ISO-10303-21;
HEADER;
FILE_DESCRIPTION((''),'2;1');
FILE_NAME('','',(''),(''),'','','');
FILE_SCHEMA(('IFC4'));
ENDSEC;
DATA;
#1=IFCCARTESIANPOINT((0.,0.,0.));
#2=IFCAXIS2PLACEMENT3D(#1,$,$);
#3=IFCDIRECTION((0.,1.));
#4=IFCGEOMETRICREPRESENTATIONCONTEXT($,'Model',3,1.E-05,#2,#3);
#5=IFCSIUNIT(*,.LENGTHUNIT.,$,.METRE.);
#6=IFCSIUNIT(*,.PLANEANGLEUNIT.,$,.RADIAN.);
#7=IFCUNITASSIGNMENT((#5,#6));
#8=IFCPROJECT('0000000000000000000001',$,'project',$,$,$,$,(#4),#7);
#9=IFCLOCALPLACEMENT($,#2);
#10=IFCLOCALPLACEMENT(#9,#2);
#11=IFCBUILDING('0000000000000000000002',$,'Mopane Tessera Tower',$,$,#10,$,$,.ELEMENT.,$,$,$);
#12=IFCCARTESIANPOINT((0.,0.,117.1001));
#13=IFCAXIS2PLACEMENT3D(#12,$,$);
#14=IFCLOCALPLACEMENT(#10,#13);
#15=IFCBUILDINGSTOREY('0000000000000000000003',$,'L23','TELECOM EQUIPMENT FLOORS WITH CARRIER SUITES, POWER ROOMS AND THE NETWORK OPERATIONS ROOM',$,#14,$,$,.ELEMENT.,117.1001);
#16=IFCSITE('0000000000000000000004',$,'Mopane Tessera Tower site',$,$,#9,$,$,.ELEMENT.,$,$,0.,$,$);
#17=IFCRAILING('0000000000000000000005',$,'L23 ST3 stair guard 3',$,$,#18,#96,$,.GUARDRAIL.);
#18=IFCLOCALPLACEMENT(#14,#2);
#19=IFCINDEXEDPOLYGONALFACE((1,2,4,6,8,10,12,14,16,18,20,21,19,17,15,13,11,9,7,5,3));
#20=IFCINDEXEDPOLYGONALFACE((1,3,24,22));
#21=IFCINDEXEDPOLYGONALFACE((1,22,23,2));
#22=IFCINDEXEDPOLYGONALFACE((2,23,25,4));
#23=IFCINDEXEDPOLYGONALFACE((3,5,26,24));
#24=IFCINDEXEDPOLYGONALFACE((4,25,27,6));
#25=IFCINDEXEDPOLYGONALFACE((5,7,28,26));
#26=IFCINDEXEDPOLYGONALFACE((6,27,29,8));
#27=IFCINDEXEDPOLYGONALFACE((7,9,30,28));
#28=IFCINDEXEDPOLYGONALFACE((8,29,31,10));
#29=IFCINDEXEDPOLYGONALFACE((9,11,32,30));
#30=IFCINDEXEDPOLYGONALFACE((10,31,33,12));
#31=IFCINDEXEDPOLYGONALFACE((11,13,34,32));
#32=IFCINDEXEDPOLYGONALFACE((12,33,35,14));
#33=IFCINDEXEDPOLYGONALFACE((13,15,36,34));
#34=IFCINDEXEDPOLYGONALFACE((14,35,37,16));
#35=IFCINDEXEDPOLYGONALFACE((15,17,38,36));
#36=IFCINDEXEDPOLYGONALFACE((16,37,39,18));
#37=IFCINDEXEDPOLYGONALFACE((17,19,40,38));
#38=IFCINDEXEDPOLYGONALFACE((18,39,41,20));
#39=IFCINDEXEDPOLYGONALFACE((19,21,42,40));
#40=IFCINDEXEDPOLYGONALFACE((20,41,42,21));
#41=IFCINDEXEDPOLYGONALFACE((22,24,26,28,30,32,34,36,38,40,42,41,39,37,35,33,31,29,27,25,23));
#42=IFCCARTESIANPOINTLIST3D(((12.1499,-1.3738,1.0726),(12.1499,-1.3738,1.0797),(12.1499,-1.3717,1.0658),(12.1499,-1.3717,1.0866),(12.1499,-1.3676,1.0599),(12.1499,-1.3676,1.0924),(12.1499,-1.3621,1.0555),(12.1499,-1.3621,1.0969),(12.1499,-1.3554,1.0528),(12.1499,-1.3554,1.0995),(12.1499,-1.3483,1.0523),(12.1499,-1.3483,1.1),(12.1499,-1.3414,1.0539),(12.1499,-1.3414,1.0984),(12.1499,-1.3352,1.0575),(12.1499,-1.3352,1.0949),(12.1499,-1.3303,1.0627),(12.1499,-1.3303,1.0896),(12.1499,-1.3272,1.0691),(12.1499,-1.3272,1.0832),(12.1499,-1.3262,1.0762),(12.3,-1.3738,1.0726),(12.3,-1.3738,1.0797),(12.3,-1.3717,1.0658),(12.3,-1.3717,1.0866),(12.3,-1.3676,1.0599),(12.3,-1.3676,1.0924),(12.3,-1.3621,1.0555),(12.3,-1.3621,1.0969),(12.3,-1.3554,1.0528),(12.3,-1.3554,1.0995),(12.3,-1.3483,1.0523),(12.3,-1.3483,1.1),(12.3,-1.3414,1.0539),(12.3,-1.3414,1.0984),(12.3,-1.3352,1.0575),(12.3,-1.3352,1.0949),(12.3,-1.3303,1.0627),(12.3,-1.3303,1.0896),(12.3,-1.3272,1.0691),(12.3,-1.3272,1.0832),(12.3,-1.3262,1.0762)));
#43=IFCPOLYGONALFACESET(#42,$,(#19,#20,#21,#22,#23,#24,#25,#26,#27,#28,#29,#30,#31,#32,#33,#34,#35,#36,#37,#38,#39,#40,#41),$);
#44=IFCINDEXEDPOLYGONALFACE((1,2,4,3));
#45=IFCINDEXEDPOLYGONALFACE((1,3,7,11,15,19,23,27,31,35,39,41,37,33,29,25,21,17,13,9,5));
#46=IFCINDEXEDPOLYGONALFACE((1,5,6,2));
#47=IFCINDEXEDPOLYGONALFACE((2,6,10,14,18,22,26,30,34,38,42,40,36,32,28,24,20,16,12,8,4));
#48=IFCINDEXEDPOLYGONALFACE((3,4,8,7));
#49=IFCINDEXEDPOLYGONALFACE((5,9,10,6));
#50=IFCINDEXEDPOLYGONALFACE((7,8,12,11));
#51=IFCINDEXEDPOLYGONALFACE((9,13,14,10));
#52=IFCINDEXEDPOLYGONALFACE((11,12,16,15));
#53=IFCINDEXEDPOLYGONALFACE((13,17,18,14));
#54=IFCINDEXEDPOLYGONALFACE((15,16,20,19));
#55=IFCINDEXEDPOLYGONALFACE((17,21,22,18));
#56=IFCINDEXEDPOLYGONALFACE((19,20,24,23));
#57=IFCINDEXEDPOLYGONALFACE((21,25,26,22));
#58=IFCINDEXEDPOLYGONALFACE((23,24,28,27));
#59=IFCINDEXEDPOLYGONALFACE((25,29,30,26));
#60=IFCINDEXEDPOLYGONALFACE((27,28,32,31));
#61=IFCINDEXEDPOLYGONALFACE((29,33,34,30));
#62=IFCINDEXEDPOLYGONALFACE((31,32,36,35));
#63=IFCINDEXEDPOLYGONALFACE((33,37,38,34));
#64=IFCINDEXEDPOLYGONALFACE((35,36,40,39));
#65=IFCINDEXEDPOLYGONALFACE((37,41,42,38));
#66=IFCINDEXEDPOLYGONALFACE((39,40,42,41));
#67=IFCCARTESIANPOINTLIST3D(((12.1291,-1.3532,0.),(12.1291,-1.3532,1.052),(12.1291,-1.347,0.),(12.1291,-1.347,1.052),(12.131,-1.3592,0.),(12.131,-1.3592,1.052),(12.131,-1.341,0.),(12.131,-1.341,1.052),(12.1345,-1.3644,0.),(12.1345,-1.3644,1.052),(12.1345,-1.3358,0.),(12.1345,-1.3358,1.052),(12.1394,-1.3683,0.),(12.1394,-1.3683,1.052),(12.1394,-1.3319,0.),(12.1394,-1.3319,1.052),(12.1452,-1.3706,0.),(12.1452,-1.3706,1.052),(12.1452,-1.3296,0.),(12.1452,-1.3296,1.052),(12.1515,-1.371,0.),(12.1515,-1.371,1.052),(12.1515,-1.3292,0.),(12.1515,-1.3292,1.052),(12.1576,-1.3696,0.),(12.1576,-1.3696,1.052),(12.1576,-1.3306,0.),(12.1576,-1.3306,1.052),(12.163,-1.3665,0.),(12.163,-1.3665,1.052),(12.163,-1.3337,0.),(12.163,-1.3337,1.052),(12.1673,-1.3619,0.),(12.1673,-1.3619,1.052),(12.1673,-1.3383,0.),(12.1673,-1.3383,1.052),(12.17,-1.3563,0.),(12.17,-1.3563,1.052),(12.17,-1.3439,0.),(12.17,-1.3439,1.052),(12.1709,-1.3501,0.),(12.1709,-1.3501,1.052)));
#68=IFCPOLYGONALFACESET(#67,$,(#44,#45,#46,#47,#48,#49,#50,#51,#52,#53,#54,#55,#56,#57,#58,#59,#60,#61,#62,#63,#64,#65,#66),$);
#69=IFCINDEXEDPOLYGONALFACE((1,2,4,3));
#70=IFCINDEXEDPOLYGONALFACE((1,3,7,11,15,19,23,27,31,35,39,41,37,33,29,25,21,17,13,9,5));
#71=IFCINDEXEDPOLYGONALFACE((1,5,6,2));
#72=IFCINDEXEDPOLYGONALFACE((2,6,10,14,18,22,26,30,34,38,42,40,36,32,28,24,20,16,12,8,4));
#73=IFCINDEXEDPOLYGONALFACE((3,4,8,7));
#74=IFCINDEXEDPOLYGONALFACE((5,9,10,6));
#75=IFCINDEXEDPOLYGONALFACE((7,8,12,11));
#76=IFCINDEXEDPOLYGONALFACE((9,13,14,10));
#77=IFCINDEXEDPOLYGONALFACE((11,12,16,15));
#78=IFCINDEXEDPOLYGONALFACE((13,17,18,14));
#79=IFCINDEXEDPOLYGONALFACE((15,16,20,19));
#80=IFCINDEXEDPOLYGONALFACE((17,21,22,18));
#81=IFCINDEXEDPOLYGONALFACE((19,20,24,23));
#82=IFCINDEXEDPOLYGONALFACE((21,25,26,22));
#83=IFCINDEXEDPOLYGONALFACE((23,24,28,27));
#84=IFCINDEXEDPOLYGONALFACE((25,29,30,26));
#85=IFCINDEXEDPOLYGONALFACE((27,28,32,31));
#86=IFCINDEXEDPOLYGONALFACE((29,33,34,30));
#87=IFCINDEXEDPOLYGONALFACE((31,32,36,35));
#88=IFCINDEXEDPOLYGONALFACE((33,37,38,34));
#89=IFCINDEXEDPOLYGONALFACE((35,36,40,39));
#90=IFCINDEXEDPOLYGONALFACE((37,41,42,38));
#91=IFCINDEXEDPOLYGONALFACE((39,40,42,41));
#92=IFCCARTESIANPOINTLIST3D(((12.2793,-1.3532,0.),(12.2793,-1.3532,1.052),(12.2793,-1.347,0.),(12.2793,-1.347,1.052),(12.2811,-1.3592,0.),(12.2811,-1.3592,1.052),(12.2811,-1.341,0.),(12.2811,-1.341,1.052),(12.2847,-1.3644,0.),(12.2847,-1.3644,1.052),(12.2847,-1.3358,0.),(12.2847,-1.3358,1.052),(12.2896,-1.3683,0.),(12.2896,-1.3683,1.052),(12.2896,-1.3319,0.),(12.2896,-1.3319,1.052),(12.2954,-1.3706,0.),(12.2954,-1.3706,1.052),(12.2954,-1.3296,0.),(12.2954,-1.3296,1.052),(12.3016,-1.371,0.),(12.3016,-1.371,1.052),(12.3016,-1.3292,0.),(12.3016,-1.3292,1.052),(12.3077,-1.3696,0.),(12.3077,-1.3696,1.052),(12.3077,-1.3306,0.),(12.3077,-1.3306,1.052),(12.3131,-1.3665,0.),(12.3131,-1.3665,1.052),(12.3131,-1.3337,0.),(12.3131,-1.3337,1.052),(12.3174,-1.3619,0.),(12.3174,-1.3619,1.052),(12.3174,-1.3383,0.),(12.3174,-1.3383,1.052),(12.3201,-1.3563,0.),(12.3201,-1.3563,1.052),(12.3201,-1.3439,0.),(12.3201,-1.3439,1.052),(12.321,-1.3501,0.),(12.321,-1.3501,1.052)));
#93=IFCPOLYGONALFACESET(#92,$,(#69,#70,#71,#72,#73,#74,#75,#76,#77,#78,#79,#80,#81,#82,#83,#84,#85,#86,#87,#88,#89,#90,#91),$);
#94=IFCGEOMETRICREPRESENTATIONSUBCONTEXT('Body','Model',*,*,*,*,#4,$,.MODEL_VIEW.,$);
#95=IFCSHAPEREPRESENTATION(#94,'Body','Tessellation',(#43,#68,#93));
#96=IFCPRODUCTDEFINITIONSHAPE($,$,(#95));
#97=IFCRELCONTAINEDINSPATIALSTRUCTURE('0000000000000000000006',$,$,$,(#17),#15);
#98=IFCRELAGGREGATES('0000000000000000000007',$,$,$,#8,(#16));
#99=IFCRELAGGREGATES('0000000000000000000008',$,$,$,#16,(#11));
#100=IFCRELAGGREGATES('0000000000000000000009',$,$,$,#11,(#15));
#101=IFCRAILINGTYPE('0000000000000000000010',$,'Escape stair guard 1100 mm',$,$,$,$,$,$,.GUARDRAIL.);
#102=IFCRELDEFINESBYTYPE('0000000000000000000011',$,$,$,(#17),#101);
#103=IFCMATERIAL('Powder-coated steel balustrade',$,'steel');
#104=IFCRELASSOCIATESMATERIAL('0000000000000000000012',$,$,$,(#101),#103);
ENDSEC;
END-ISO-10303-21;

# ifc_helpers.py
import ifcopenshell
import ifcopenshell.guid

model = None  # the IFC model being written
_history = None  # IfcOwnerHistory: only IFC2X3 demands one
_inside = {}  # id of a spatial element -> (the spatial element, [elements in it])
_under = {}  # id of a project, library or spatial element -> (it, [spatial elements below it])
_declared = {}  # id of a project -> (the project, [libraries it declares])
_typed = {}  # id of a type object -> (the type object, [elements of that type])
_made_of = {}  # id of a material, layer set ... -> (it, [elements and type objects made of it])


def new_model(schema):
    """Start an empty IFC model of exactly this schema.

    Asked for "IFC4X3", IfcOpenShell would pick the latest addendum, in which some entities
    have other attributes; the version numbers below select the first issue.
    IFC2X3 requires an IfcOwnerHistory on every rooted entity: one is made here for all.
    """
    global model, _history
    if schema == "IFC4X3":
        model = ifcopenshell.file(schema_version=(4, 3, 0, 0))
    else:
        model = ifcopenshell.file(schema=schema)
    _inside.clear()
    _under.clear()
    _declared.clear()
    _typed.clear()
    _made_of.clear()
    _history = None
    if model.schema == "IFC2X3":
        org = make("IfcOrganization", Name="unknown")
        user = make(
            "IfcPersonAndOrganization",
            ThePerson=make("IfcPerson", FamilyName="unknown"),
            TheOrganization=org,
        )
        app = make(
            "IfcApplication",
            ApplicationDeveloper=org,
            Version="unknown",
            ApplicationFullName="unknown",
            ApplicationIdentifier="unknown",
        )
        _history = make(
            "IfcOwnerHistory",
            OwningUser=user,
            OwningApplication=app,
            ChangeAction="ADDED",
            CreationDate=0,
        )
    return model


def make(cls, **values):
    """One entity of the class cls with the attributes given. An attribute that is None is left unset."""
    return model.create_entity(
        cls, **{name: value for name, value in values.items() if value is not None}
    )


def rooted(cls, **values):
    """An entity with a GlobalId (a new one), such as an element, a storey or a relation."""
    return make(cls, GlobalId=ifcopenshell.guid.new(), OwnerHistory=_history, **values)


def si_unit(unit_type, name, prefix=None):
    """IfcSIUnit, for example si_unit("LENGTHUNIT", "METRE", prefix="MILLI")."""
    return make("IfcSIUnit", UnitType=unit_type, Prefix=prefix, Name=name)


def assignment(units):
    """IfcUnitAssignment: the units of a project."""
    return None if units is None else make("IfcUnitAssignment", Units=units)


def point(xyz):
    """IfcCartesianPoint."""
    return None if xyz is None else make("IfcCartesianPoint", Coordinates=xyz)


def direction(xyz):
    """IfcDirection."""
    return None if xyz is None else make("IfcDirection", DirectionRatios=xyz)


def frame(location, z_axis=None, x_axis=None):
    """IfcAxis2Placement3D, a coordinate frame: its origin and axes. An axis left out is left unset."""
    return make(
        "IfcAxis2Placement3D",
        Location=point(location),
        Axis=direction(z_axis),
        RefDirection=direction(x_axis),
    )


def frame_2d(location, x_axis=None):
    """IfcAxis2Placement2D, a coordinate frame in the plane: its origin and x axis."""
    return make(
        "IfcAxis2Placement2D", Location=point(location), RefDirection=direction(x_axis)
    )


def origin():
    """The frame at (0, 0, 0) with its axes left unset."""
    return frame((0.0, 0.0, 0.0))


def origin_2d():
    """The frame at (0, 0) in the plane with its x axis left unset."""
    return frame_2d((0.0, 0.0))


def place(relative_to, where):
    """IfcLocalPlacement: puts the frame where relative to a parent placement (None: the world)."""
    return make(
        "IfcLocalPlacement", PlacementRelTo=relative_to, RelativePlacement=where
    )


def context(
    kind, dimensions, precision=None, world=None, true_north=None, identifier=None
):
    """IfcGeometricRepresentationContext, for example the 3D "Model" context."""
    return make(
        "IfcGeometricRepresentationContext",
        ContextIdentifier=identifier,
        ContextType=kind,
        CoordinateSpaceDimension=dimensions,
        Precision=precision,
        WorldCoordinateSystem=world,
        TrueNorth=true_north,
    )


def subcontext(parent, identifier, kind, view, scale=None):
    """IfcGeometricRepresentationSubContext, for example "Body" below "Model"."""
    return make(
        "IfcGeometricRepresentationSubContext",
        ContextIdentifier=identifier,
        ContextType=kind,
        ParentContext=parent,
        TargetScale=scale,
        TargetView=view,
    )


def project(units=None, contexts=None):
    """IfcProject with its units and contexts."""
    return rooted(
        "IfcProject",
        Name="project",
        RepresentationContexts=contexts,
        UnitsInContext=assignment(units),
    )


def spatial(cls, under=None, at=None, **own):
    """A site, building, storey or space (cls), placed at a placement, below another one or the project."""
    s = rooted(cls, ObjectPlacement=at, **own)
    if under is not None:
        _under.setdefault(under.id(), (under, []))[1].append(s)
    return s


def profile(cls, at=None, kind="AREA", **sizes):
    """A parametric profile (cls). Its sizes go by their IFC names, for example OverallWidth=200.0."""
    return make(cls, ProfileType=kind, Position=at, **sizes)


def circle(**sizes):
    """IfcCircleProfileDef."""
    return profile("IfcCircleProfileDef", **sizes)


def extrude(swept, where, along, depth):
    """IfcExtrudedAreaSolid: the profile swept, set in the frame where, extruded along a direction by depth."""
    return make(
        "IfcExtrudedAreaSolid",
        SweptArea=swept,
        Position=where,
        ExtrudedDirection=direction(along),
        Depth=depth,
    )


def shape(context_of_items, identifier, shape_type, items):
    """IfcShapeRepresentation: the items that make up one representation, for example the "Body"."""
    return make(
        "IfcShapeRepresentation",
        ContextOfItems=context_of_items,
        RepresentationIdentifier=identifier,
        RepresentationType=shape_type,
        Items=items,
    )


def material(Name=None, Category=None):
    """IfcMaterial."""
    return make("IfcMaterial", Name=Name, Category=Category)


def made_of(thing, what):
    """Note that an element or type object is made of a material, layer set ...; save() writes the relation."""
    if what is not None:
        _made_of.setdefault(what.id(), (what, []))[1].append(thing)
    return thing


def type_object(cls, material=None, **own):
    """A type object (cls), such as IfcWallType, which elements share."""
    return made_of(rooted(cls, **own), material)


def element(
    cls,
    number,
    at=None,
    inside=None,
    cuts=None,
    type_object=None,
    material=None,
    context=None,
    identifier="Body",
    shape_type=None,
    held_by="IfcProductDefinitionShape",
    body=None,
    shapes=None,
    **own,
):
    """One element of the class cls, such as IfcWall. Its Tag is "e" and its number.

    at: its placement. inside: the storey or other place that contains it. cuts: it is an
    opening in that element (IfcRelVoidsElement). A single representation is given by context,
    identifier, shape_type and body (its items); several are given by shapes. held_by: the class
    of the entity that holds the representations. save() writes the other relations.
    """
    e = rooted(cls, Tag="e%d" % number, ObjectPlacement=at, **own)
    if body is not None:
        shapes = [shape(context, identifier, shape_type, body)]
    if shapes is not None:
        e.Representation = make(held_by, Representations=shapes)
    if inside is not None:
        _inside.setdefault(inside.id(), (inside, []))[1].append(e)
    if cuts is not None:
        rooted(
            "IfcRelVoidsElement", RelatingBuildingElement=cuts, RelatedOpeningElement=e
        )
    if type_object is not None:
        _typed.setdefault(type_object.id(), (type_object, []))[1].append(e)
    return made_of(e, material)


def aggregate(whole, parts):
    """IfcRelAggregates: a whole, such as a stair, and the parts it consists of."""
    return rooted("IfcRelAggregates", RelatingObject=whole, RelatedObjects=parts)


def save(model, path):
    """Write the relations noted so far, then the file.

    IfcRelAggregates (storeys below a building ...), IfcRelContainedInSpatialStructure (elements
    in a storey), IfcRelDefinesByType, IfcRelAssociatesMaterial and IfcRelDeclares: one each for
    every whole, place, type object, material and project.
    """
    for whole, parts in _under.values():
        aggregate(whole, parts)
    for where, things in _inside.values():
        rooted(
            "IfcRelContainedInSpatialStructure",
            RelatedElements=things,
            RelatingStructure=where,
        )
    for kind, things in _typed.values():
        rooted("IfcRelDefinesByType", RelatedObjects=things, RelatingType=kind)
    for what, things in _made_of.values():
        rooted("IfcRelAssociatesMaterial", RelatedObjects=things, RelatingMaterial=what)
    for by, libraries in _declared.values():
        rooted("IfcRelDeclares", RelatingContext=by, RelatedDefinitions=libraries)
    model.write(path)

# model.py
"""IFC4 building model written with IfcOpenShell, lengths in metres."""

from ifc_helpers import new_model, si_unit, direction, frame, origin, origin_2d, place, context, subcontext, project, spatial, circle, extrude, material, type_object, element, save


model = new_model("IFC4")

# Units and contexts
model_context = context("Model", 3, precision=1e-05, world=origin(), true_north=direction((0.0, 1.0)))
body_context = subcontext(model_context, "Body", "Model", "MODEL_VIEW")
ifc_project = project(units=[si_unit("LENGTHUNIT", "METRE"), si_unit("PLANEANGLEUNIT", "RADIAN")], contexts=[model_context])

# Site, building, storey
site_placement = place(None, origin())
site = spatial("IfcSite", under=ifc_project, at=site_placement, Name="Mopane Tessera Tower site", CompositionType="ELEMENT", RefElevation=0.0)
building_placement = place(site_placement, origin())
building = spatial("IfcBuilding", under=site, at=building_placement, Name="Mopane Tessera Tower", CompositionType="ELEMENT")
storey_placement = place(building_placement, frame((0.0, 0.0, 117.1001)))
storey = spatial("IfcBuildingStorey", under=building, at=storey_placement, Name="L23", Description="TELECOM EQUIPMENT FLOORS WITH CARRIER SUITES, POWER ROOMS AND THE NETWORK OPERATIONS ROOM", CompositionType="ELEMENT", Elevation=117.1001)

# Railing
ifc_material_1 = material(Name="Powder-coated steel balustrade", Category="steel")
railing_type_1 = type_object("IfcRailingType", Name="Escape stair guard 1100 mm", PredefinedType="GUARDRAIL", material=ifc_material_1)
railing_1_placement = place(storey_placement, frame((12.1499, -1.3501, 0.0)))
element("IfcRailing", 1, at=railing_1_placement, inside=storey, type_object=railing_type_1, Name="L23 ST3 stair guard 3", PredefinedType="GUARDRAIL", context=body_context, shape_type="SweptSolid", body=[
    extrude(circle(Radius=0.0239, at=origin_2d()), frame((0.0, 0.0, 1.0762), z_axis=(1.0, 0.0, 0.0), x_axis=(0.0, 1.0, 0.0)), (0.0, 0.0, 1.0), 0.1501),
    extrude(circle(Radius=0.021, at=origin_2d()), origin(), (0.0, 0.0, 1.0), 1.052),
    extrude(circle(Radius=0.021, at=origin_2d()), frame((0.1501, 0.0, 0.0)), (0.0, 0.0, 1.0), 1.052),
])

save(model, "model.ifc")
